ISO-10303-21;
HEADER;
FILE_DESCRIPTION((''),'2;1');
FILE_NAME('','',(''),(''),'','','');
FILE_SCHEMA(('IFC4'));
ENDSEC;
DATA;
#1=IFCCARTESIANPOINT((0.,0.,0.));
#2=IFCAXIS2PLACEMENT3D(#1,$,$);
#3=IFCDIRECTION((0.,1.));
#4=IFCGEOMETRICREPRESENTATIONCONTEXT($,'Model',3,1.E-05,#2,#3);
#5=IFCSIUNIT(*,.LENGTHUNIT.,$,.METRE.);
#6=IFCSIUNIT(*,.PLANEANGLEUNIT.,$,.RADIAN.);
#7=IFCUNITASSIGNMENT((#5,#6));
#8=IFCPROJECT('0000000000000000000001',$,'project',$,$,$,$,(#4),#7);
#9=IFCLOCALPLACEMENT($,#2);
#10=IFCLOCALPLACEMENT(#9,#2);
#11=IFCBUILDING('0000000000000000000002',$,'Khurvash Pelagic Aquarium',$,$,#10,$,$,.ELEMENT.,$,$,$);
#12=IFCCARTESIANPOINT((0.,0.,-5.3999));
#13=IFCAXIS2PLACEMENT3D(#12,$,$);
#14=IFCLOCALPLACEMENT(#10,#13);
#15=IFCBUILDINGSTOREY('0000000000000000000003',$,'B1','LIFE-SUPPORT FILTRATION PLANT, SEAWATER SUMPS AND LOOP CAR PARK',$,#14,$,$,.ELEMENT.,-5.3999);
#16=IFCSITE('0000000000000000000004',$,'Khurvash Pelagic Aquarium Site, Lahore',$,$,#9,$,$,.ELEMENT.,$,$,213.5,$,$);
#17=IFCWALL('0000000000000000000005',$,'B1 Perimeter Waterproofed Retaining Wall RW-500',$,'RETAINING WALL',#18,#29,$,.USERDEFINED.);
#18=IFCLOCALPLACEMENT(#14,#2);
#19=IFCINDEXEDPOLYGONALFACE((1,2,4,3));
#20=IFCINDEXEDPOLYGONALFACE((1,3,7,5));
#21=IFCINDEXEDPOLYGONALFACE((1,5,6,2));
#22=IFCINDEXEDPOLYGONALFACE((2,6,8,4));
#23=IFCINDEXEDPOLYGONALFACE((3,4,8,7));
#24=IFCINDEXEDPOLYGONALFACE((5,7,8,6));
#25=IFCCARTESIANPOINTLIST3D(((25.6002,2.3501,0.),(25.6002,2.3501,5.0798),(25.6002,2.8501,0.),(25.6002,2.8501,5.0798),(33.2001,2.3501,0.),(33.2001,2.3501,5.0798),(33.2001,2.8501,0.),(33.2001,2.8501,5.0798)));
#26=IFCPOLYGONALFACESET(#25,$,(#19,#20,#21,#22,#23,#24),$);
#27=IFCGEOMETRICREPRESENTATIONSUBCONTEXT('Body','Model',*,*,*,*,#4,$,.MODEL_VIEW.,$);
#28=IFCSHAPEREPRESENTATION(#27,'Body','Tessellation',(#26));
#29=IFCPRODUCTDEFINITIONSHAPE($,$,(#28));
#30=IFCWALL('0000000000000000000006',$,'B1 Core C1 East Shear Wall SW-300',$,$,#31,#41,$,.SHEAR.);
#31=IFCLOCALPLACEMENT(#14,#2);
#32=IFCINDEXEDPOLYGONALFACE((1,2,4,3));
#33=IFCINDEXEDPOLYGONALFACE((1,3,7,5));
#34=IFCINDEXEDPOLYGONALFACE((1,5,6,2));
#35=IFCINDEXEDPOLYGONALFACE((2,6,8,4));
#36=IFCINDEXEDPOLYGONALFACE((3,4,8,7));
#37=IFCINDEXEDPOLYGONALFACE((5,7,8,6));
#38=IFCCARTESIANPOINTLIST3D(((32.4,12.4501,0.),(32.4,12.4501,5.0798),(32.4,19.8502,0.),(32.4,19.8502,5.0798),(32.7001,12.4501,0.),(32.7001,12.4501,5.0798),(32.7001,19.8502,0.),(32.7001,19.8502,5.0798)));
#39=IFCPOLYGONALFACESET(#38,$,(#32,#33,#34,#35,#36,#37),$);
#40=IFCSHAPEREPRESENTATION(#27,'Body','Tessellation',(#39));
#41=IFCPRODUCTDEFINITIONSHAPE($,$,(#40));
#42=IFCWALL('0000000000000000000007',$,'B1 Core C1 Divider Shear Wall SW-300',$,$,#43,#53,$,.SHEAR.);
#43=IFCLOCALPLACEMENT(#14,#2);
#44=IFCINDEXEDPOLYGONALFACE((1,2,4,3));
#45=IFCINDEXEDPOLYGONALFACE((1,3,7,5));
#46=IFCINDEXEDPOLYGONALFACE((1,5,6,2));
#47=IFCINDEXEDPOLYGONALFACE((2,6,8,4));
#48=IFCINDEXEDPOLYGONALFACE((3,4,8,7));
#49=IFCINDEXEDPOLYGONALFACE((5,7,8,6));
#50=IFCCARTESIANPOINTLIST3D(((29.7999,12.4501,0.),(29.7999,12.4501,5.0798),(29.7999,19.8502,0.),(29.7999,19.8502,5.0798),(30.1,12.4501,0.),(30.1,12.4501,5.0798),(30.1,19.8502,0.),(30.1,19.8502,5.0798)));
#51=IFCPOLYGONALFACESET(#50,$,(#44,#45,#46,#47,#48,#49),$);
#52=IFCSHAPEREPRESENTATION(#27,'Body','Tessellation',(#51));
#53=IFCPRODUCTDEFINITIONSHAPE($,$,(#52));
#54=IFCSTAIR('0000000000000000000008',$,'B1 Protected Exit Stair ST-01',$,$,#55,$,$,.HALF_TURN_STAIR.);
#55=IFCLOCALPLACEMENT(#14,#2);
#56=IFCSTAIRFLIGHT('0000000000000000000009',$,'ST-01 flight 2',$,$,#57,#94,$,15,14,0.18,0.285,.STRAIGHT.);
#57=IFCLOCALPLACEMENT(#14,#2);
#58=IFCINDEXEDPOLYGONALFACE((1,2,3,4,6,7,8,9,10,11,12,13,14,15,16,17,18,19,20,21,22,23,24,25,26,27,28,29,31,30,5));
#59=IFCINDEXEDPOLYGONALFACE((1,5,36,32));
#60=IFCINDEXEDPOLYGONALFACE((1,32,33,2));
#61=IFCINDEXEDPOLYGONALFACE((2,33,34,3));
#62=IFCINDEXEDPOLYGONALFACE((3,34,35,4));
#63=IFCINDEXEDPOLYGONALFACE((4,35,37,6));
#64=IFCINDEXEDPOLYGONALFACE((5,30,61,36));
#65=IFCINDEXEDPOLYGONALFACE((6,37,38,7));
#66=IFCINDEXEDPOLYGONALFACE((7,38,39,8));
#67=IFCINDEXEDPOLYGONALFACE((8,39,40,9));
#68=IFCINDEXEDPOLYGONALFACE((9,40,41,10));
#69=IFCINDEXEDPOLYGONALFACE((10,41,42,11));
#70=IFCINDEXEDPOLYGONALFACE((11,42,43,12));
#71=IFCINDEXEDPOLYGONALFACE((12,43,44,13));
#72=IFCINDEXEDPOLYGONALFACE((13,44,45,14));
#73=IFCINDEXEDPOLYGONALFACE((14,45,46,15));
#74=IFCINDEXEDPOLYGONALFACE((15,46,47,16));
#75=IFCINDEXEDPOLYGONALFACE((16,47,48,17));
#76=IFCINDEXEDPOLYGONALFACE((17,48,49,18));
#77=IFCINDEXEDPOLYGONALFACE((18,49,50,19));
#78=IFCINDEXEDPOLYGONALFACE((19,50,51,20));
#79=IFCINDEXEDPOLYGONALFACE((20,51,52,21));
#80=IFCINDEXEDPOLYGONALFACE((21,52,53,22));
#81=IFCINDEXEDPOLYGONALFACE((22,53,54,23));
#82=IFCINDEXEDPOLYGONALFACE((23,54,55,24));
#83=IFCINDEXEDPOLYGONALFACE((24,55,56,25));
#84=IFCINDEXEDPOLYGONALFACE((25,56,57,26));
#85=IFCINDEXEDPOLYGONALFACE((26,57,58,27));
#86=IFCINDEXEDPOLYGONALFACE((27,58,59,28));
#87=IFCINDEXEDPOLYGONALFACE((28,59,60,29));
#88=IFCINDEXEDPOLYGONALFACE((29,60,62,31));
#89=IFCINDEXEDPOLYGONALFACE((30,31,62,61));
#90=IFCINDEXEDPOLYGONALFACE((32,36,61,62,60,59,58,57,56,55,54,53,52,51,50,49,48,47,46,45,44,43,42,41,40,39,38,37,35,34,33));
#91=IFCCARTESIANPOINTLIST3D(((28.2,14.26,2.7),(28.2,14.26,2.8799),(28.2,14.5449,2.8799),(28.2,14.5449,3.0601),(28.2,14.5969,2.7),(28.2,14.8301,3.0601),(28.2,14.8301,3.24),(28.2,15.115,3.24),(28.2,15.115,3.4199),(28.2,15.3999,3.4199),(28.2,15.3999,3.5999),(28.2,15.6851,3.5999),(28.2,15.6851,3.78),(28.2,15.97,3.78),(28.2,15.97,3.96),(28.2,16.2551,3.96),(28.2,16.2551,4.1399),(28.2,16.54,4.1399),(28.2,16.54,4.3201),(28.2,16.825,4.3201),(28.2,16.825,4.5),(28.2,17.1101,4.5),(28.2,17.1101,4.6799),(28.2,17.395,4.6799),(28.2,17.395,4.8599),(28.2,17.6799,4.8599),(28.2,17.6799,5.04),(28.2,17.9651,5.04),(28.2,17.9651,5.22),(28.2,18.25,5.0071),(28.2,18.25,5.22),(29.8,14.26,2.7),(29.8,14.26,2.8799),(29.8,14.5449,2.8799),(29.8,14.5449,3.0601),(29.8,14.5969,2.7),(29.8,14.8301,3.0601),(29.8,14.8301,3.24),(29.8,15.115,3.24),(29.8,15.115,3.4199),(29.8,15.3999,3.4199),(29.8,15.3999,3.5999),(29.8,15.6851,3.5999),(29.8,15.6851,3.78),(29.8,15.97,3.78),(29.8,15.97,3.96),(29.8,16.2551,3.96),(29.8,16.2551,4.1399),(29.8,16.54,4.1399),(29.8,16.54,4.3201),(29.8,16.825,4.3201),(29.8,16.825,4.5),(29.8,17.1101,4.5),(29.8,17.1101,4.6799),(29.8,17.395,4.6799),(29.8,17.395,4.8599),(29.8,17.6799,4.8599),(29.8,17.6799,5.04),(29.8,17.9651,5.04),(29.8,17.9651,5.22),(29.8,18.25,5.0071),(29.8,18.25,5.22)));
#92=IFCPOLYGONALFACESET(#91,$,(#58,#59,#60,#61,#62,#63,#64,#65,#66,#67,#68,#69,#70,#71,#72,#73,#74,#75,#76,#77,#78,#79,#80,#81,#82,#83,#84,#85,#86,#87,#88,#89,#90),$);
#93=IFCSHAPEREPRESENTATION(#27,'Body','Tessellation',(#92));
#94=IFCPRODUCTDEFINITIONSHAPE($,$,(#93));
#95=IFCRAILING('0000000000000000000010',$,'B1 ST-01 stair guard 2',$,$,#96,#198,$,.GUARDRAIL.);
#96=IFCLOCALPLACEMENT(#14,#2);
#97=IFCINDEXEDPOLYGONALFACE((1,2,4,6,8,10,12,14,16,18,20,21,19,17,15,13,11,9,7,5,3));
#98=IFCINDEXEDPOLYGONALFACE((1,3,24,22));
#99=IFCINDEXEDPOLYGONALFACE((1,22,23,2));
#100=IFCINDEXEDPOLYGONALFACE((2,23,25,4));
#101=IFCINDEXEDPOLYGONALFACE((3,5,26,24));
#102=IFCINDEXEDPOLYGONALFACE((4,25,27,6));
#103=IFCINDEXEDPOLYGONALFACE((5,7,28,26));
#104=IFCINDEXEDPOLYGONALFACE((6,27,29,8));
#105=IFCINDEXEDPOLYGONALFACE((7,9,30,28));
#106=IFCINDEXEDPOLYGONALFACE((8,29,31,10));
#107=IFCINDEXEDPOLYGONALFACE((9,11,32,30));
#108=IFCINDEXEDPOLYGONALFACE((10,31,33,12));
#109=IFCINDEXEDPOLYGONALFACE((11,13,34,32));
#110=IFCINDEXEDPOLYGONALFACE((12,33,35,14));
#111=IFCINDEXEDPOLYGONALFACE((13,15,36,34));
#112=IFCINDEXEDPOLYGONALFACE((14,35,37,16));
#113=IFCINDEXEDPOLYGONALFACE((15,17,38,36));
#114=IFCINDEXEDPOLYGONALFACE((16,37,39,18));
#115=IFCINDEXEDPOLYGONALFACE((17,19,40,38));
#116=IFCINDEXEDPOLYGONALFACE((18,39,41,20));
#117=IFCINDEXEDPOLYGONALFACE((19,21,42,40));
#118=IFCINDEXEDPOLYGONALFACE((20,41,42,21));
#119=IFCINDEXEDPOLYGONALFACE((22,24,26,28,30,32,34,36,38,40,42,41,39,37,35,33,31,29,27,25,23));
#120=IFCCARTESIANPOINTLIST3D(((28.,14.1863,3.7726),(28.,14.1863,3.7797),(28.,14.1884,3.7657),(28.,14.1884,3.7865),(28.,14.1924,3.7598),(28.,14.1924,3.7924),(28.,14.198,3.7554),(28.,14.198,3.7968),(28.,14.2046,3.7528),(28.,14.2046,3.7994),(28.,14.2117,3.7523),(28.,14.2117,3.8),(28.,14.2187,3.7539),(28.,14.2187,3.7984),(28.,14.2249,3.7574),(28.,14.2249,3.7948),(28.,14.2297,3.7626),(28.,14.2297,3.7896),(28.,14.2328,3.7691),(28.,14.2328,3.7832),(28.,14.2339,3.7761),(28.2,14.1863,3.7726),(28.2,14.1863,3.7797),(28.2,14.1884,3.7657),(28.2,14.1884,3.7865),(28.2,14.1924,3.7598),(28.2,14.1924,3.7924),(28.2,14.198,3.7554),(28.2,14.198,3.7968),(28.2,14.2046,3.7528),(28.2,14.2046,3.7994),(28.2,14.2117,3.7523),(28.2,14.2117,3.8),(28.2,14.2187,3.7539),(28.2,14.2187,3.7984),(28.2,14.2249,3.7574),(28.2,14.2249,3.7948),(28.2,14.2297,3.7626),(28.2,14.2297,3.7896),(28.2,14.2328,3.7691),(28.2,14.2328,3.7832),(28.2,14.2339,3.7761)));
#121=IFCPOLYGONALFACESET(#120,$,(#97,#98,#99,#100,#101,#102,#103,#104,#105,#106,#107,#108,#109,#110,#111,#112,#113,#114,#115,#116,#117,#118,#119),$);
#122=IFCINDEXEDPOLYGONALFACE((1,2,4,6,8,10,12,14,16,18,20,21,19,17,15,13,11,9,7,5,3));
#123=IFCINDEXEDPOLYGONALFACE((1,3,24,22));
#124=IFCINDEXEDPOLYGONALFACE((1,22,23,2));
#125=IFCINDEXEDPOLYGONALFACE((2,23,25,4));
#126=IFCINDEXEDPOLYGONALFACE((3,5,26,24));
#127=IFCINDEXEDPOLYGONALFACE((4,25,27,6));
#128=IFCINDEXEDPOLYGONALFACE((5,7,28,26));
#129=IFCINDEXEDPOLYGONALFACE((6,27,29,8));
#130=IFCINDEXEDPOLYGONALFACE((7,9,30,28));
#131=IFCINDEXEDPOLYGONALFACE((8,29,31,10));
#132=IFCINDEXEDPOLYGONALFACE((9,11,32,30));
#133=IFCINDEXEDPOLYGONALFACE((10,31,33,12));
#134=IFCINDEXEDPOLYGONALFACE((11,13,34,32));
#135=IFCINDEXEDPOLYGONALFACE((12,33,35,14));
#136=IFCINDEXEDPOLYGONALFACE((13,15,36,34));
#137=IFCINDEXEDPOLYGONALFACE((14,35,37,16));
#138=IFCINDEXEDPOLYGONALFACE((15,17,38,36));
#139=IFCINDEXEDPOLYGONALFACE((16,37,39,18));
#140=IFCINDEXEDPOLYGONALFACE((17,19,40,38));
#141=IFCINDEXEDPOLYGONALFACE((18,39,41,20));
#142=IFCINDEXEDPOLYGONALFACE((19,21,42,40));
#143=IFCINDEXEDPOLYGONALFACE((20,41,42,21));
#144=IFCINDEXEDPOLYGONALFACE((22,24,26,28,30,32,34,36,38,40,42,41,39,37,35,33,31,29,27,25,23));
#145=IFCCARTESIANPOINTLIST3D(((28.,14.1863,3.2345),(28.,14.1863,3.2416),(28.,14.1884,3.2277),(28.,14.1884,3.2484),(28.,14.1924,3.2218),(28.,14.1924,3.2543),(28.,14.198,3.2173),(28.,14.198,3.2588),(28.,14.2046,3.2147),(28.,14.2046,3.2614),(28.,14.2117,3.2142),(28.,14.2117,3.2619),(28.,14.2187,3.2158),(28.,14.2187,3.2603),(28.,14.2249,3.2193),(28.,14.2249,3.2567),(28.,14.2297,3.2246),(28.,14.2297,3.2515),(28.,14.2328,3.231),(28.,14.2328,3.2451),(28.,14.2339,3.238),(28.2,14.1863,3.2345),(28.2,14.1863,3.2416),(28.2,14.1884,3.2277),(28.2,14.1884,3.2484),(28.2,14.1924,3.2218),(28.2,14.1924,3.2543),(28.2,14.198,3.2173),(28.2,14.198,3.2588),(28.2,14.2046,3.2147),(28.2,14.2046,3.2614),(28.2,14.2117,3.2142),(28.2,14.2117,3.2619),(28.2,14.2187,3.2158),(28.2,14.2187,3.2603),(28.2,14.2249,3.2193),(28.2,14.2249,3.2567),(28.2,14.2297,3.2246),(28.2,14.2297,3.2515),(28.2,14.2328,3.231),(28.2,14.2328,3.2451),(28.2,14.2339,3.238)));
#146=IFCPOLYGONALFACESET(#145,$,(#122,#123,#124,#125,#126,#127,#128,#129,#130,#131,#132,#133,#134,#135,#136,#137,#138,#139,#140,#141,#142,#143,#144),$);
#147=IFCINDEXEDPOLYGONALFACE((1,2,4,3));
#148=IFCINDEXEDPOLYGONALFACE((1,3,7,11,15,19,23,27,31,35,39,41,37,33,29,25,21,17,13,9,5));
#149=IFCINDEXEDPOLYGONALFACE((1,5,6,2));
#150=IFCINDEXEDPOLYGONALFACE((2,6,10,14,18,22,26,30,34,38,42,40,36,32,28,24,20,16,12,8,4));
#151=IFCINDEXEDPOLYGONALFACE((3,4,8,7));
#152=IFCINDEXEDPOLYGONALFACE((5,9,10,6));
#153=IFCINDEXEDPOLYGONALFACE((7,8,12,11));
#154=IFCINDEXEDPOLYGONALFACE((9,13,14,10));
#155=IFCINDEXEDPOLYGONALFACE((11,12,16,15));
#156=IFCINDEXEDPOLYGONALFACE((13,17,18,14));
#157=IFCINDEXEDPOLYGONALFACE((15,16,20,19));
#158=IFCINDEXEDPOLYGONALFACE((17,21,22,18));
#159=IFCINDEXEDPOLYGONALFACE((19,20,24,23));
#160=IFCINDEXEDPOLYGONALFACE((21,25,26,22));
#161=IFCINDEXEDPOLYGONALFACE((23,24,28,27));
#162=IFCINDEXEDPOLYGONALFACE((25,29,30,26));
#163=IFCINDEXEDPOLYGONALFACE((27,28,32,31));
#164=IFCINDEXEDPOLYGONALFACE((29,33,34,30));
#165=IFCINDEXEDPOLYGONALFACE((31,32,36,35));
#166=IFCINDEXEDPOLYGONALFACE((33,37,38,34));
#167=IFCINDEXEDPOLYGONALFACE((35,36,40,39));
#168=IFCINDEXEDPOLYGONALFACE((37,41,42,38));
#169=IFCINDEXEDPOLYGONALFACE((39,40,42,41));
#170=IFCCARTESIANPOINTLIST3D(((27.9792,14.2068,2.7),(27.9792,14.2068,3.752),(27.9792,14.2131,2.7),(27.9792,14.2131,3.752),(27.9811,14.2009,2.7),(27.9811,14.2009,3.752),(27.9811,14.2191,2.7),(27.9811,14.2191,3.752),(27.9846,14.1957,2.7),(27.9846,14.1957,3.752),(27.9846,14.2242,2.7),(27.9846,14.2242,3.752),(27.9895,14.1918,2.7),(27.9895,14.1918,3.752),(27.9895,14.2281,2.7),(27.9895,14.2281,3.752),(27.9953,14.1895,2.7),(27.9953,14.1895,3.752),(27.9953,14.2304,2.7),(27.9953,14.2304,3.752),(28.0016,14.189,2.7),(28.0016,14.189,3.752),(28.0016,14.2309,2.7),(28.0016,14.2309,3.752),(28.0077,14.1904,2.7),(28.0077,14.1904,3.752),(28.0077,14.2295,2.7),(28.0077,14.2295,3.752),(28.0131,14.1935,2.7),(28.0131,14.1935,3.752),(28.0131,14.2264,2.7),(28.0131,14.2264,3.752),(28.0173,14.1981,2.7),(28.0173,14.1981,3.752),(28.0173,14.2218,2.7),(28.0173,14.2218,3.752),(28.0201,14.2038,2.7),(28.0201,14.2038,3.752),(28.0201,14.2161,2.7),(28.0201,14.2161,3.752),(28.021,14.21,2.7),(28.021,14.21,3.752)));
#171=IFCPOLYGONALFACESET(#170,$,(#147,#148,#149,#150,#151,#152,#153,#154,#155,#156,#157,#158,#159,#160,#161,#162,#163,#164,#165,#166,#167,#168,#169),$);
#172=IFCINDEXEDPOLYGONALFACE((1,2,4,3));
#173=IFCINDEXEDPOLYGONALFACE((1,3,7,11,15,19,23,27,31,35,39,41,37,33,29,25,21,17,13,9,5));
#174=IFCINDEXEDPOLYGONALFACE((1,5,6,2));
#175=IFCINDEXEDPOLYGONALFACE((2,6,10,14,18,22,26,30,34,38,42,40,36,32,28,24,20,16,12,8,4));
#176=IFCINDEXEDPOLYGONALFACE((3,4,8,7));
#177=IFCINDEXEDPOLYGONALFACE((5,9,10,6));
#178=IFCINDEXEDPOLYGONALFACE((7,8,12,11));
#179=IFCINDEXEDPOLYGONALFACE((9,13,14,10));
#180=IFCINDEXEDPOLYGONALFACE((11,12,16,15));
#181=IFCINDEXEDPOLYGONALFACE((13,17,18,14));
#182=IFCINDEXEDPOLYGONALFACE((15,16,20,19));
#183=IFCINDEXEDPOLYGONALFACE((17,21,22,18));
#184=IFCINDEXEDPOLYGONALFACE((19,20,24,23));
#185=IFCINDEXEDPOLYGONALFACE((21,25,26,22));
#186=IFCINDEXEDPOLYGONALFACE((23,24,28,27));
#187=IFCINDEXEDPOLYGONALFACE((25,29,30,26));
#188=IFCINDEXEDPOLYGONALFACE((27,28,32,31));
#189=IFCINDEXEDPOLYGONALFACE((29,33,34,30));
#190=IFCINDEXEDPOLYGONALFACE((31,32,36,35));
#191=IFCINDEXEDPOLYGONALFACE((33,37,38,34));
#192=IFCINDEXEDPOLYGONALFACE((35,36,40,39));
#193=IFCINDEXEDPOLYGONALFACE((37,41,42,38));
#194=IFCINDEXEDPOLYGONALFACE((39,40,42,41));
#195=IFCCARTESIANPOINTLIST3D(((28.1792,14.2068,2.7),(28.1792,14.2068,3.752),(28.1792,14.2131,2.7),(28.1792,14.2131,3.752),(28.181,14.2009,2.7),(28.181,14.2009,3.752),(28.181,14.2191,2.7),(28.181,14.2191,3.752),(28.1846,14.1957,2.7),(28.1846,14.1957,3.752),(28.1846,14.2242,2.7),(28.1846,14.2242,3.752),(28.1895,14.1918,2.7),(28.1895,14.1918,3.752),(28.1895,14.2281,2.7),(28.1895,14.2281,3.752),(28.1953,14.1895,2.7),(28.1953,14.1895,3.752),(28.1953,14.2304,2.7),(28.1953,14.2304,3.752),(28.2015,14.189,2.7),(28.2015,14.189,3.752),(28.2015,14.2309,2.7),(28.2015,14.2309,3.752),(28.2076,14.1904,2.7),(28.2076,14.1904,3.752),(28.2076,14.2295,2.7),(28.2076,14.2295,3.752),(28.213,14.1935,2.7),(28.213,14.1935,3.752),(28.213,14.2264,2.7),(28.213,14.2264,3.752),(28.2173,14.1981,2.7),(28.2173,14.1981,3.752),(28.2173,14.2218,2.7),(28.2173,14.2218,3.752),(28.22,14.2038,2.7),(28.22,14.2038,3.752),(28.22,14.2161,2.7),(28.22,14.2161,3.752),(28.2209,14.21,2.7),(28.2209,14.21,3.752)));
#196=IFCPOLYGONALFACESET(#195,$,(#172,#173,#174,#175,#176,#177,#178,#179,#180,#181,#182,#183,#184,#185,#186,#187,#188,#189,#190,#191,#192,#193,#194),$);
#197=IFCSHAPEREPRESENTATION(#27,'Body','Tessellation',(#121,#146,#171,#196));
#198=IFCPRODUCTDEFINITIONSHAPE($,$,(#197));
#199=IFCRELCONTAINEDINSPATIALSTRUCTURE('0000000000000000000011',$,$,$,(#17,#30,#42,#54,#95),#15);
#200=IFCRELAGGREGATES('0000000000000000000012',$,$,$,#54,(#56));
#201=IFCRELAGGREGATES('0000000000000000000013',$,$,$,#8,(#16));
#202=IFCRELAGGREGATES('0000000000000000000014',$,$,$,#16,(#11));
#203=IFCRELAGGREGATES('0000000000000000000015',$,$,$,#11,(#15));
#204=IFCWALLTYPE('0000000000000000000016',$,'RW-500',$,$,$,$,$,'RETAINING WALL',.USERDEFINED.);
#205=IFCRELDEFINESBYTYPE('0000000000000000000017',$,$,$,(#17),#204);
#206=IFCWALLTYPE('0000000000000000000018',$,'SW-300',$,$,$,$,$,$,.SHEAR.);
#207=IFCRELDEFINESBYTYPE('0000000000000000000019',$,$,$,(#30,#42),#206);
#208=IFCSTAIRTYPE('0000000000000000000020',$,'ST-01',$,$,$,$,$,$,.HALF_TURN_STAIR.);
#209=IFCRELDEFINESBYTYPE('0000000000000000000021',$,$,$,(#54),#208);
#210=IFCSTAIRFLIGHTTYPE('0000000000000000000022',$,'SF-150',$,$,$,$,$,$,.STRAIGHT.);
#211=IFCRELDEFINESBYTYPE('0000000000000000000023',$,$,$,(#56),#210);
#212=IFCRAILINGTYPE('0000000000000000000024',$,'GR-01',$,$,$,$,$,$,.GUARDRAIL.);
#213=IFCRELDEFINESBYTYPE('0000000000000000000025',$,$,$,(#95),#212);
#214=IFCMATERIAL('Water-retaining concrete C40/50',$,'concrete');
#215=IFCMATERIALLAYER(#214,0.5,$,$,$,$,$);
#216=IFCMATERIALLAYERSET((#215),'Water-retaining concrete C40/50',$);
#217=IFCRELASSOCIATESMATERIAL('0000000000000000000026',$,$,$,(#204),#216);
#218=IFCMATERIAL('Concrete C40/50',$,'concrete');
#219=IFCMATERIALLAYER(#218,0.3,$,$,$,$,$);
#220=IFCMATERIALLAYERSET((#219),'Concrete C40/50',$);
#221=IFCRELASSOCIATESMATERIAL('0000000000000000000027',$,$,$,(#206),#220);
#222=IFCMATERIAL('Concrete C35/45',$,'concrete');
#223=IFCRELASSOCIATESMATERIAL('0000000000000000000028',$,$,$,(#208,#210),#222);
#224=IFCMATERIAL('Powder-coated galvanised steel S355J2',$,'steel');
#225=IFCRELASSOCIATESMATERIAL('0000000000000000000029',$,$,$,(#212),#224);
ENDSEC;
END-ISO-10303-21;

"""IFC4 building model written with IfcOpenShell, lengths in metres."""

from ifc_helpers import new_model, si_unit, direction, frame, frame_2d, origin, origin_2d, place, context, subcontext, project, spatial, polyline, rectangle, circle, outline, extrude, material, layer, layer_set, type_object, element, aggregate, save


model = new_model("IFC4")

# Units and contexts
model_context = context("Model", 3, precision=1e-05, world=origin(), true_north=direction((0.0, 1.0)))
body_context = subcontext(model_context, "Body", "Model", "MODEL_VIEW")
ifc_project = project(units=[si_unit("LENGTHUNIT", "METRE"), si_unit("PLANEANGLEUNIT", "RADIAN")], contexts=[model_context])

# Site, building, storey
site_placement = place(None, origin())
site = spatial("IfcSite", under=ifc_project, at=site_placement, Name="Khurvash Pelagic Aquarium Site, Lahore", CompositionType="ELEMENT", RefElevation=213.5)
building_placement = place(site_placement, origin())
building = spatial("IfcBuilding", under=site, at=building_placement, Name="Khurvash Pelagic Aquarium", CompositionType="ELEMENT")
storey_placement = place(building_placement, frame((0.0, 0.0, -5.3999)))
storey = spatial("IfcBuildingStorey", under=building, at=storey_placement, Name="B1", Description="LIFE-SUPPORT FILTRATION PLANT, SEAWATER SUMPS AND LOOP CAR PARK", CompositionType="ELEMENT", Elevation=-5.3999)

# Shared definitions
ifc_material_1 = material(Name="Concrete C35/45", Category="concrete")

# Shared definitions
ifc_material_2 = material(Name="Concrete C40/50", Category="concrete")

# Walls
ifc_material_3 = material(Name="Water-retaining concrete C40/50", Category="concrete")
ifc_layer_1 = layer(ifc_material_3, 0.5)
ifc_layer_set_1 = layer_set([ifc_layer_1], Name="Water-retaining concrete C40/50")
wall_type_1 = type_object("IfcWallType", Name="RW-500", ElementType="RETAINING WALL", PredefinedType="USERDEFINED", material=ifc_layer_set_1)
wall_1_placement = place(storey_placement, frame((33.2, 2.6001, 0.0), z_axis=(0.0, 0.0, 1.0), x_axis=(-1.0, 0.0, 0.0)))
element("IfcWall", 1, at=wall_1_placement, inside=storey, type_object=wall_type_1, Name="B1 Perimeter Waterproofed Retaining Wall RW-500", ObjectType="RETAINING WALL", PredefinedType="USERDEFINED", context=body_context, shape_type="SweptSolid", body=[
    extrude(rectangle(XDim=7.5999, YDim=0.5, at=frame_2d((3.7998, 0.0))), origin(), (0.0, 0.0, 1.0), 5.0798),
])
ifc_layer_2 = layer(ifc_material_2, 0.3)
ifc_layer_set_2 = layer_set([ifc_layer_2], Name="Concrete C40/50")
wall_type_2 = type_object("IfcWallType", Name="SW-300", PredefinedType="SHEAR", material=ifc_layer_set_2)
for number, where, z_axis, x_axis, name in (
    (2, (32.55, 12.45, 0.0), (0.0, 0.0, 1.0), (0.0, 1.0, 0.0), "B1 Core C1 East Shear Wall SW-300"),
    (3, (29.95, 12.45, 0.0), (0.0, 0.0, 1.0), (0.0, 1.0, 0.0), "B1 Core C1 Divider Shear Wall SW-300"),
):
    element("IfcWall", number, at=place(storey_placement, frame(where, z_axis=z_axis, x_axis=x_axis)), inside=storey, type_object=wall_type_2, Name=name, PredefinedType="SHEAR", context=body_context, shape_type="SweptSolid", body=[
        extrude(rectangle(XDim=7.4001, YDim=0.3, at=frame_2d((3.7002, 0.0))), origin(), (0.0, 0.0, 1.0), 5.0798),
    ])

# Stair, stair flight
stair_type = type_object("IfcStairType", Name="ST-01", PredefinedType="HALF_TURN_STAIR", material=ifc_material_1)
stair_placement = place(storey_placement, origin())
stair = element("IfcStair", 4, at=stair_placement, inside=storey, type_object=stair_type, Name="B1 Protected Exit Stair ST-01", PredefinedType="HALF_TURN_STAIR")
stair_flight_type = type_object("IfcStairFlightType", Name="SF-150", PredefinedType="STRAIGHT", material=ifc_material_1)
stair_flight_placement = place(storey_placement, frame((29.0, 14.26, 2.7), z_axis=(0.0, 0.0, 1.0), x_axis=(0.0, 1.0, 0.0)))
stair_flight = element("IfcStairFlight", 5, at=stair_flight_placement, type_object=stair_flight_type, Name="ST-01 flight 2", NumberOfRisers=15, NumberOfTreads=14, PredefinedType="STRAIGHT", RiserHeight=0.18, TreadLength=0.285, context=body_context, shape_type="SweptSolid", body=[
    extrude(outline(polyline([(0.0, 0.0), (0.0, 0.1799), (0.2849, 0.1799), (0.2849, 0.3601), (0.5701, 0.3601), (0.5701, 0.54), (0.855, 0.54), (0.855, 0.72), (1.1399, 0.72), (1.1399, 0.8999), (1.425, 0.8999), (1.425, 1.0801), (1.71, 1.0801), (1.71, 1.26), (1.9951, 1.26), (1.9951, 1.4399), (2.28, 1.4399), (2.28, 1.6201), (2.5649, 1.6201), (2.5649, 1.8), (2.8501, 1.8), (2.8501, 1.98), (3.135, 1.98), (3.135, 2.1599), (3.4199, 2.1599), (3.4199, 2.3401), (3.7051, 2.3401), (3.7051, 2.52), (3.99, 2.52), (3.99, 2.7), (3.99, 2.3071), (0.3369, 0.0), (0.0, 0.0)])), frame((0.0, 0.8, 0.0), z_axis=(0.0, -1.0, 0.0), x_axis=(1.0, 0.0, 0.0)), (0.0, 0.0, 1.0), 1.6001),
])
aggregate(stair, [stair_flight])

# Railing
ifc_material_4 = material(Name="Powder-coated galvanised steel S355J2", Category="steel")
railing_type_1 = type_object("IfcRailingType", Name="GR-01", PredefinedType="GUARDRAIL", material=ifc_material_4)
railing_1_placement = place(storey_placement, frame((28.0, 14.21, 2.7)))
element("IfcRailing", 6, at=railing_1_placement, inside=storey, type_object=railing_type_1, Name="B1 ST-01 stair guard 2", PredefinedType="GUARDRAIL", context=body_context, shape_type="SweptSolid", body=[
    extrude(circle(Radius=0.0239, at=origin_2d()), frame((0.0, 0.0, 1.0762), z_axis=(1.0, 0.0, 0.0), x_axis=(0.0, 1.0, 0.0)), (0.0, 0.0, 1.0), 0.2),
    extrude(circle(Radius=0.0239, at=origin_2d()), frame((0.0, 0.0, 0.5381), z_axis=(1.0, 0.0, 0.0), x_axis=(0.0, 1.0, 0.0)), (0.0, 0.0, 1.0), 0.2),
    extrude(circle(Radius=0.021, at=origin_2d()), origin(), (0.0, 0.0, 1.0), 1.052),
    extrude(circle(Radius=0.021, at=origin_2d()), frame((0.2, 0.0, 0.0)), (0.0, 0.0, 1.0), 1.052),
])

save(model, "model.ifc")
